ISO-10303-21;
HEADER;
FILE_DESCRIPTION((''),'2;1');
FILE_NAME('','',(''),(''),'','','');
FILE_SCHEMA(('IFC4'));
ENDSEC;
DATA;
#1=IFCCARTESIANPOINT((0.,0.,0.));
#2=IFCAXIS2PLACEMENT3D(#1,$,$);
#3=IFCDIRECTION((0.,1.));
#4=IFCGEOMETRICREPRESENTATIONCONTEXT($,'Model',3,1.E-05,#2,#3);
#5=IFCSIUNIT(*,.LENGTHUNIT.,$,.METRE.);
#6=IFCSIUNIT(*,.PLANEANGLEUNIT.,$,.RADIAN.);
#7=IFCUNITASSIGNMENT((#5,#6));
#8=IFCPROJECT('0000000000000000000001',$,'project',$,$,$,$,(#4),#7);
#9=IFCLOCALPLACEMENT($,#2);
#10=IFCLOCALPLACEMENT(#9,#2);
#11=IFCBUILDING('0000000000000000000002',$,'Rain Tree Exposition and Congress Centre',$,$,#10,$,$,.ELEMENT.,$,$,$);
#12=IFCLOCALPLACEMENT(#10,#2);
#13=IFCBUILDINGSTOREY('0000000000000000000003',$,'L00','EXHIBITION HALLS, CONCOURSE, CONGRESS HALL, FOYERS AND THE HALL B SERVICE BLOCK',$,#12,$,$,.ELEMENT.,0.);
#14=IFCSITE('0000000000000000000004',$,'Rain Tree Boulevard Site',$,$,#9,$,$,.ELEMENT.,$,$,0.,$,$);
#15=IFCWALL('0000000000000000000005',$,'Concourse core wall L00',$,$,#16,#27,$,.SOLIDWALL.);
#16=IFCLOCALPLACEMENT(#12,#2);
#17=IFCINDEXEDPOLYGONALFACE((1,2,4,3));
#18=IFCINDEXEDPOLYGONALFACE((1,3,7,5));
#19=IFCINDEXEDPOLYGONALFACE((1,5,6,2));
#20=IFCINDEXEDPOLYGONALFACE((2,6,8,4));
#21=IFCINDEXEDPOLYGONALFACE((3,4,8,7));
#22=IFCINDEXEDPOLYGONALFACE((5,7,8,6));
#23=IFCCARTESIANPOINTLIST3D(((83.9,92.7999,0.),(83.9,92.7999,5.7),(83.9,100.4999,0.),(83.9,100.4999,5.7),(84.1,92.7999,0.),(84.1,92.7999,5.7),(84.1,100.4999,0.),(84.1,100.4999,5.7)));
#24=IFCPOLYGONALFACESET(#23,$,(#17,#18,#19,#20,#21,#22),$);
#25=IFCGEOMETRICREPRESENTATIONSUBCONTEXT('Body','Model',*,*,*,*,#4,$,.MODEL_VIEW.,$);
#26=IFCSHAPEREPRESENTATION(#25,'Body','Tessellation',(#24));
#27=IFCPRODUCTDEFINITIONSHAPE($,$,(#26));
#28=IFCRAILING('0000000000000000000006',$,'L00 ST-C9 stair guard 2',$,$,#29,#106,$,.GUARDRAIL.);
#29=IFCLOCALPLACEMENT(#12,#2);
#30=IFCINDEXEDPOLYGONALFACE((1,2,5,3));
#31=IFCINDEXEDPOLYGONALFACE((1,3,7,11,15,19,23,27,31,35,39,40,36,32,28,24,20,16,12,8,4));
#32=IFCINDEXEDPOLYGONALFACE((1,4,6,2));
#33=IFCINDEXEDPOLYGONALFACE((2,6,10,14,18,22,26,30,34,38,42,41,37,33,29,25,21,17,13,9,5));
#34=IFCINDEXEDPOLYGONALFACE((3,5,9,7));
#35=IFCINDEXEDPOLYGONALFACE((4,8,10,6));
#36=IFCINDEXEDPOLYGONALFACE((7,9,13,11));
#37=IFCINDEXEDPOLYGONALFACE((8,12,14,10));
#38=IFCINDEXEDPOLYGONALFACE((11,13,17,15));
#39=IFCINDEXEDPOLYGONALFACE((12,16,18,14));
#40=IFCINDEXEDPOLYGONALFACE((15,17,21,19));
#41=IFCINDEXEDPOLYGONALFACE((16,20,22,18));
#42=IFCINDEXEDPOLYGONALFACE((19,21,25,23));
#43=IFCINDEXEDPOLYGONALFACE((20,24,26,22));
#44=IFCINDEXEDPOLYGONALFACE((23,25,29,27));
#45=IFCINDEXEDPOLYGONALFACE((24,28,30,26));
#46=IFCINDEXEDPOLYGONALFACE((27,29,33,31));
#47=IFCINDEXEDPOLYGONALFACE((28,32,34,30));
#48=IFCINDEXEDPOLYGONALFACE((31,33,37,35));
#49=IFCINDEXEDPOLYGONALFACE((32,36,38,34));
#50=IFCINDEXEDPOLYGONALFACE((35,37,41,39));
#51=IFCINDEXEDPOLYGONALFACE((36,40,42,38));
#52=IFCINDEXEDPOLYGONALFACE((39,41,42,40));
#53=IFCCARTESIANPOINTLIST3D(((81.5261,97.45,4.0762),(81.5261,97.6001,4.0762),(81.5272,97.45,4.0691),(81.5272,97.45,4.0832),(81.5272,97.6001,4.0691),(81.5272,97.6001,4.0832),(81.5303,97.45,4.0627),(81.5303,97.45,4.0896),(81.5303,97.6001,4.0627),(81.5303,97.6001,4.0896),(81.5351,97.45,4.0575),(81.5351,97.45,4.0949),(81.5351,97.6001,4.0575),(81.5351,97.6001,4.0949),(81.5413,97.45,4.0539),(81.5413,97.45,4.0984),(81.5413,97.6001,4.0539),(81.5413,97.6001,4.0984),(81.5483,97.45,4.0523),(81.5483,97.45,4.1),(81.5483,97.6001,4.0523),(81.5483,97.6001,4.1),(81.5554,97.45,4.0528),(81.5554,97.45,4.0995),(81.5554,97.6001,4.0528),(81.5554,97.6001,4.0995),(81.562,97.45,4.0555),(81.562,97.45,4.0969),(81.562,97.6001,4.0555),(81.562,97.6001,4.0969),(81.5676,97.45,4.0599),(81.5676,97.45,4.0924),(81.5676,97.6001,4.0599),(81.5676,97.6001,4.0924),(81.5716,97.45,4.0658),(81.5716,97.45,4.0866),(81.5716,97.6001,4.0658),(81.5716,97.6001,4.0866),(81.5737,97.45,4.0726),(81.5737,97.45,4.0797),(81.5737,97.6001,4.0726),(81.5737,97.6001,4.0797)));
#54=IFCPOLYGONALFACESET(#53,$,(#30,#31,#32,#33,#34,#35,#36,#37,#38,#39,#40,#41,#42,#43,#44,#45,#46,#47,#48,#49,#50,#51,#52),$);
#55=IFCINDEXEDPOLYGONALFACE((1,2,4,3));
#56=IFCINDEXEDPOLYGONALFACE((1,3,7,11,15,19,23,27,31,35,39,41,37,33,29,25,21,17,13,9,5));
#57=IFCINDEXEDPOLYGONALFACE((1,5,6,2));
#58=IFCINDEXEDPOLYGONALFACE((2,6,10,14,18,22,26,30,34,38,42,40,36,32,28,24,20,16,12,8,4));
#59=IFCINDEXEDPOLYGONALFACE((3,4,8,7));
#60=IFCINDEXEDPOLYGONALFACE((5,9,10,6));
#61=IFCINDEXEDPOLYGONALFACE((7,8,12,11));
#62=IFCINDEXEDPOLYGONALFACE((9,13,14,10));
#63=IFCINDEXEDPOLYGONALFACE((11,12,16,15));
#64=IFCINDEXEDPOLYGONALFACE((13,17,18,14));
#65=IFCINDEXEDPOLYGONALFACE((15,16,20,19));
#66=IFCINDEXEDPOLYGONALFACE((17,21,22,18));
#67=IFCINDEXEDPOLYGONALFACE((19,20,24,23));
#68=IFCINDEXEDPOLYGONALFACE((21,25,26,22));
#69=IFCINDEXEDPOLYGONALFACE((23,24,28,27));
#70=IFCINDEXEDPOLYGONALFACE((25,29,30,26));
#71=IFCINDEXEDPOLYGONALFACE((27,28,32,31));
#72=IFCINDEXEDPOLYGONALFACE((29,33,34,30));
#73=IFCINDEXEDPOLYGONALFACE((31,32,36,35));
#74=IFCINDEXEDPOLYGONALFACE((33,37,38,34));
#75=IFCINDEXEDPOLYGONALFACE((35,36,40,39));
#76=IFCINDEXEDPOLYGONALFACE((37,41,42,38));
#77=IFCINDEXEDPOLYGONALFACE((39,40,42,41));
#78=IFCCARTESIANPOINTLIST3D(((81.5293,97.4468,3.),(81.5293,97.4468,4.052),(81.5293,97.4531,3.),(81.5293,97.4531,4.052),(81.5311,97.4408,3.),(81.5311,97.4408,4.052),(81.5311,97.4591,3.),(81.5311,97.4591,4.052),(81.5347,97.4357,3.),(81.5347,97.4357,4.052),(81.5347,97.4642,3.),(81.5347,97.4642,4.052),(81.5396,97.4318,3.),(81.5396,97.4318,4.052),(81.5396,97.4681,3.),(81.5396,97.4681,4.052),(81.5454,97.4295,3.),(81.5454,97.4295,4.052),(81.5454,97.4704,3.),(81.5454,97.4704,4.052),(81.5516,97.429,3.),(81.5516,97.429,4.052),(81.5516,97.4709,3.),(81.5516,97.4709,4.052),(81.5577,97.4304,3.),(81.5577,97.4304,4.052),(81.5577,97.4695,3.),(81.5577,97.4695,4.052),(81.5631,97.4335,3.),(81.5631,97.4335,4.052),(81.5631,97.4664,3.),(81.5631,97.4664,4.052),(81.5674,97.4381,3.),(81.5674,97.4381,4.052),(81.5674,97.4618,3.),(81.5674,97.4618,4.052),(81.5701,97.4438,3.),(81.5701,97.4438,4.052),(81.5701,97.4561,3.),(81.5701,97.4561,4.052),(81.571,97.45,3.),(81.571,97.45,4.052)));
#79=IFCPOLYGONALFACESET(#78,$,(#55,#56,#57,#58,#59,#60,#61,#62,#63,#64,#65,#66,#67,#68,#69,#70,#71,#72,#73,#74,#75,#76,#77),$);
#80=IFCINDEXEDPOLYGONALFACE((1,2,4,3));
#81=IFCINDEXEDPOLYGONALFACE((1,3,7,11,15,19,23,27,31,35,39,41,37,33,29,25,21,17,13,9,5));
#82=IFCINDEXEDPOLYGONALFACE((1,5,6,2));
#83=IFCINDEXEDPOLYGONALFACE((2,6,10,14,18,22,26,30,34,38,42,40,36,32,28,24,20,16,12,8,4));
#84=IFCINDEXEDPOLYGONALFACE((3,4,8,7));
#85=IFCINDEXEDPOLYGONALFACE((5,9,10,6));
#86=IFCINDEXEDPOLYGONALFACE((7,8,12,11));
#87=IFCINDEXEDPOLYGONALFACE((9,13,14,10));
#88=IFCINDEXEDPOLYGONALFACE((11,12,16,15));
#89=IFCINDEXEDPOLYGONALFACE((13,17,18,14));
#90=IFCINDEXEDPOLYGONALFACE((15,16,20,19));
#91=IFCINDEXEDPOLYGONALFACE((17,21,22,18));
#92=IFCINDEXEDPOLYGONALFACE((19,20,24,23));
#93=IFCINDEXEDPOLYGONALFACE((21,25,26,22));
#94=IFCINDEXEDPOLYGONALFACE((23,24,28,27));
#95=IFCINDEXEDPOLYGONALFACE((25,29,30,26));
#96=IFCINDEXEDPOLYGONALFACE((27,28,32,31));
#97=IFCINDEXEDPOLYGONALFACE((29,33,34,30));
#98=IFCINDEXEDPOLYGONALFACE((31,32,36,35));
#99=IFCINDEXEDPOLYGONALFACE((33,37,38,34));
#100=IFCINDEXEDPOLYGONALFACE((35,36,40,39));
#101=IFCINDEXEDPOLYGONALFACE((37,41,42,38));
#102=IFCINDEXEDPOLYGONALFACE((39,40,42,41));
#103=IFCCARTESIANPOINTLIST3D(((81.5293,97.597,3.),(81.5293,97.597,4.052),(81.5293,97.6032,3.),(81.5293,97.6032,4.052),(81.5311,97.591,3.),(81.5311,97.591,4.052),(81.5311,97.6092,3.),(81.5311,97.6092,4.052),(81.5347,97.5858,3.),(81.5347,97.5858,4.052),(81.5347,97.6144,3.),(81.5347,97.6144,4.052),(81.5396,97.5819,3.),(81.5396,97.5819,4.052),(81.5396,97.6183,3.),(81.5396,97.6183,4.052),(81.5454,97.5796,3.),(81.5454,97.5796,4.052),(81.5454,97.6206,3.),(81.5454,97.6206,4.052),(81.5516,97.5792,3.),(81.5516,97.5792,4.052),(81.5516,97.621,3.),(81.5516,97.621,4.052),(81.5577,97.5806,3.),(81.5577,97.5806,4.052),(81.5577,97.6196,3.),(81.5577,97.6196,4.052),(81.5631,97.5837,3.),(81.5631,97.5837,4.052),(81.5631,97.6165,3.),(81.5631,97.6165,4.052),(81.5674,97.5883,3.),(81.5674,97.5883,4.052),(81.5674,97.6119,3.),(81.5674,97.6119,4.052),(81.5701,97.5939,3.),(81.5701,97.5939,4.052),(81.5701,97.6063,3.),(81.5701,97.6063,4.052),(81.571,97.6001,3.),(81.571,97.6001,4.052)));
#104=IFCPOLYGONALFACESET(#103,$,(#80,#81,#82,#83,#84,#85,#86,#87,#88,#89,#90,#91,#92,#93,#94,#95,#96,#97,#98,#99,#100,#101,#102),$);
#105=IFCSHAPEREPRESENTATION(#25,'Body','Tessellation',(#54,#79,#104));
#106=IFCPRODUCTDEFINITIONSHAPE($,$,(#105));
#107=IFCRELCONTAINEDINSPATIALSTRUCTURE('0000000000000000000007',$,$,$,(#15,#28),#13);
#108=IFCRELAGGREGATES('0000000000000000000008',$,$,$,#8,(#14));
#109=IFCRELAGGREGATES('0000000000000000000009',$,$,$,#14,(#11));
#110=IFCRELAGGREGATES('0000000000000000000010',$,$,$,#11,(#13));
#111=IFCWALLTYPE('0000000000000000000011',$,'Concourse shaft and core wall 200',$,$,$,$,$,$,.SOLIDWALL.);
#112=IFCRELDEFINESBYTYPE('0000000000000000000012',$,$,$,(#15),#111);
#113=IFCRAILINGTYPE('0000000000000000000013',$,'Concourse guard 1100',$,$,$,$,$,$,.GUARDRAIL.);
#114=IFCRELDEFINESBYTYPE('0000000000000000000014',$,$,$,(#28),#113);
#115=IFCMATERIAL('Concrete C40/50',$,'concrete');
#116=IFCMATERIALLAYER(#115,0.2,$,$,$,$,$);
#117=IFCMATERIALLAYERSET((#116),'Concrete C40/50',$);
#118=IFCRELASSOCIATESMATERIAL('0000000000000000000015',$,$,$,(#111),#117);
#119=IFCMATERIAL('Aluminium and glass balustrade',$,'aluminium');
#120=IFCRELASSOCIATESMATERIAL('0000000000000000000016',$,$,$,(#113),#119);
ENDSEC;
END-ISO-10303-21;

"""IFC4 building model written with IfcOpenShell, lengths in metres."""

from ifc_helpers import new_model, si_unit, direction, frame, frame_2d, origin, origin_2d, place, context, subcontext, project, spatial, rectangle, circle, extrude, material, layer, layer_set, type_object, element, save


model = new_model("IFC4")

# Units and contexts
model_context = context("Model", 3, precision=1e-05, world=origin(), true_north=direction((0.0, 1.0)))
body_context = subcontext(model_context, "Body", "Model", "MODEL_VIEW")
ifc_project = project(units=[si_unit("LENGTHUNIT", "METRE"), si_unit("PLANEANGLEUNIT", "RADIAN")], contexts=[model_context])

# Site, building, storey
site_placement = place(None, origin())
site = spatial("IfcSite", under=ifc_project, at=site_placement, Name="Rain Tree Boulevard Site", CompositionType="ELEMENT", RefElevation=0.0)
building_placement = place(site_placement, origin())
building = spatial("IfcBuilding", under=site, at=building_placement, Name="Rain Tree Exposition and Congress Centre", CompositionType="ELEMENT")
storey_placement = place(building_placement, origin())
storey = spatial("IfcBuildingStorey", under=building, at=storey_placement, Name="L00", Description="EXHIBITION HALLS, CONCOURSE, CONGRESS HALL, FOYERS AND THE HALL B SERVICE BLOCK", CompositionType="ELEMENT", Elevation=0.0)

# Wall
ifc_material_1 = material(Name="Concrete C40/50", Category="concrete")
ifc_layer_1 = layer(ifc_material_1, 0.2)
ifc_layer_set_1 = layer_set([ifc_layer_1], Name="Concrete C40/50")
wall_type_1 = type_object("IfcWallType", Name="Concourse shaft and core wall 200", PredefinedType="SOLIDWALL", material=ifc_layer_set_1)
wall_1_placement = place(storey_placement, frame((84.0, 100.5, 0.0), z_axis=(0.0, 0.0, 1.0), x_axis=(0.0, -1.0, 0.0)))
element("IfcWall", 1, at=wall_1_placement, inside=storey, type_object=wall_type_1, Name="Concourse core wall L00", PredefinedType="SOLIDWALL", context=body_context, shape_type="SweptSolid", body=[
    extrude(rectangle(XDim=7.7, YDim=0.2, at=frame_2d((3.8501, 0.0))), origin(), (0.0, 0.0, 1.0), 5.7),
])

# Railing
ifc_material_2 = material(Name="Aluminium and glass balustrade", Category="aluminium")
railing_type_1 = type_object("IfcRailingType", Name="Concourse guard 1100", PredefinedType="GUARDRAIL", material=ifc_material_2)
railing_1_placement = place(storey_placement, frame((81.55, 97.45, 3.0)))
element("IfcRailing", 2, at=railing_1_placement, inside=storey, type_object=railing_type_1, Name="L00 ST-C9 stair guard 2", PredefinedType="GUARDRAIL", context=body_context, shape_type="SweptSolid", body=[
    extrude(circle(Radius=0.0239, at=origin_2d()), frame((0.0, 0.0, 1.0762), z_axis=(0.0, 1.0, 0.0), x_axis=(-1.0, 0.0, 0.0)), (0.0, 0.0, 1.0), 0.1501),
    extrude(circle(Radius=0.021, at=origin_2d()), origin(), (0.0, 0.0, 1.0), 1.052),
    extrude(circle(Radius=0.021, at=origin_2d()), frame((0.0, 0.1501, 0.0)), (0.0, 0.0, 1.0), 1.052),
])

save(model, "model.ifc")
